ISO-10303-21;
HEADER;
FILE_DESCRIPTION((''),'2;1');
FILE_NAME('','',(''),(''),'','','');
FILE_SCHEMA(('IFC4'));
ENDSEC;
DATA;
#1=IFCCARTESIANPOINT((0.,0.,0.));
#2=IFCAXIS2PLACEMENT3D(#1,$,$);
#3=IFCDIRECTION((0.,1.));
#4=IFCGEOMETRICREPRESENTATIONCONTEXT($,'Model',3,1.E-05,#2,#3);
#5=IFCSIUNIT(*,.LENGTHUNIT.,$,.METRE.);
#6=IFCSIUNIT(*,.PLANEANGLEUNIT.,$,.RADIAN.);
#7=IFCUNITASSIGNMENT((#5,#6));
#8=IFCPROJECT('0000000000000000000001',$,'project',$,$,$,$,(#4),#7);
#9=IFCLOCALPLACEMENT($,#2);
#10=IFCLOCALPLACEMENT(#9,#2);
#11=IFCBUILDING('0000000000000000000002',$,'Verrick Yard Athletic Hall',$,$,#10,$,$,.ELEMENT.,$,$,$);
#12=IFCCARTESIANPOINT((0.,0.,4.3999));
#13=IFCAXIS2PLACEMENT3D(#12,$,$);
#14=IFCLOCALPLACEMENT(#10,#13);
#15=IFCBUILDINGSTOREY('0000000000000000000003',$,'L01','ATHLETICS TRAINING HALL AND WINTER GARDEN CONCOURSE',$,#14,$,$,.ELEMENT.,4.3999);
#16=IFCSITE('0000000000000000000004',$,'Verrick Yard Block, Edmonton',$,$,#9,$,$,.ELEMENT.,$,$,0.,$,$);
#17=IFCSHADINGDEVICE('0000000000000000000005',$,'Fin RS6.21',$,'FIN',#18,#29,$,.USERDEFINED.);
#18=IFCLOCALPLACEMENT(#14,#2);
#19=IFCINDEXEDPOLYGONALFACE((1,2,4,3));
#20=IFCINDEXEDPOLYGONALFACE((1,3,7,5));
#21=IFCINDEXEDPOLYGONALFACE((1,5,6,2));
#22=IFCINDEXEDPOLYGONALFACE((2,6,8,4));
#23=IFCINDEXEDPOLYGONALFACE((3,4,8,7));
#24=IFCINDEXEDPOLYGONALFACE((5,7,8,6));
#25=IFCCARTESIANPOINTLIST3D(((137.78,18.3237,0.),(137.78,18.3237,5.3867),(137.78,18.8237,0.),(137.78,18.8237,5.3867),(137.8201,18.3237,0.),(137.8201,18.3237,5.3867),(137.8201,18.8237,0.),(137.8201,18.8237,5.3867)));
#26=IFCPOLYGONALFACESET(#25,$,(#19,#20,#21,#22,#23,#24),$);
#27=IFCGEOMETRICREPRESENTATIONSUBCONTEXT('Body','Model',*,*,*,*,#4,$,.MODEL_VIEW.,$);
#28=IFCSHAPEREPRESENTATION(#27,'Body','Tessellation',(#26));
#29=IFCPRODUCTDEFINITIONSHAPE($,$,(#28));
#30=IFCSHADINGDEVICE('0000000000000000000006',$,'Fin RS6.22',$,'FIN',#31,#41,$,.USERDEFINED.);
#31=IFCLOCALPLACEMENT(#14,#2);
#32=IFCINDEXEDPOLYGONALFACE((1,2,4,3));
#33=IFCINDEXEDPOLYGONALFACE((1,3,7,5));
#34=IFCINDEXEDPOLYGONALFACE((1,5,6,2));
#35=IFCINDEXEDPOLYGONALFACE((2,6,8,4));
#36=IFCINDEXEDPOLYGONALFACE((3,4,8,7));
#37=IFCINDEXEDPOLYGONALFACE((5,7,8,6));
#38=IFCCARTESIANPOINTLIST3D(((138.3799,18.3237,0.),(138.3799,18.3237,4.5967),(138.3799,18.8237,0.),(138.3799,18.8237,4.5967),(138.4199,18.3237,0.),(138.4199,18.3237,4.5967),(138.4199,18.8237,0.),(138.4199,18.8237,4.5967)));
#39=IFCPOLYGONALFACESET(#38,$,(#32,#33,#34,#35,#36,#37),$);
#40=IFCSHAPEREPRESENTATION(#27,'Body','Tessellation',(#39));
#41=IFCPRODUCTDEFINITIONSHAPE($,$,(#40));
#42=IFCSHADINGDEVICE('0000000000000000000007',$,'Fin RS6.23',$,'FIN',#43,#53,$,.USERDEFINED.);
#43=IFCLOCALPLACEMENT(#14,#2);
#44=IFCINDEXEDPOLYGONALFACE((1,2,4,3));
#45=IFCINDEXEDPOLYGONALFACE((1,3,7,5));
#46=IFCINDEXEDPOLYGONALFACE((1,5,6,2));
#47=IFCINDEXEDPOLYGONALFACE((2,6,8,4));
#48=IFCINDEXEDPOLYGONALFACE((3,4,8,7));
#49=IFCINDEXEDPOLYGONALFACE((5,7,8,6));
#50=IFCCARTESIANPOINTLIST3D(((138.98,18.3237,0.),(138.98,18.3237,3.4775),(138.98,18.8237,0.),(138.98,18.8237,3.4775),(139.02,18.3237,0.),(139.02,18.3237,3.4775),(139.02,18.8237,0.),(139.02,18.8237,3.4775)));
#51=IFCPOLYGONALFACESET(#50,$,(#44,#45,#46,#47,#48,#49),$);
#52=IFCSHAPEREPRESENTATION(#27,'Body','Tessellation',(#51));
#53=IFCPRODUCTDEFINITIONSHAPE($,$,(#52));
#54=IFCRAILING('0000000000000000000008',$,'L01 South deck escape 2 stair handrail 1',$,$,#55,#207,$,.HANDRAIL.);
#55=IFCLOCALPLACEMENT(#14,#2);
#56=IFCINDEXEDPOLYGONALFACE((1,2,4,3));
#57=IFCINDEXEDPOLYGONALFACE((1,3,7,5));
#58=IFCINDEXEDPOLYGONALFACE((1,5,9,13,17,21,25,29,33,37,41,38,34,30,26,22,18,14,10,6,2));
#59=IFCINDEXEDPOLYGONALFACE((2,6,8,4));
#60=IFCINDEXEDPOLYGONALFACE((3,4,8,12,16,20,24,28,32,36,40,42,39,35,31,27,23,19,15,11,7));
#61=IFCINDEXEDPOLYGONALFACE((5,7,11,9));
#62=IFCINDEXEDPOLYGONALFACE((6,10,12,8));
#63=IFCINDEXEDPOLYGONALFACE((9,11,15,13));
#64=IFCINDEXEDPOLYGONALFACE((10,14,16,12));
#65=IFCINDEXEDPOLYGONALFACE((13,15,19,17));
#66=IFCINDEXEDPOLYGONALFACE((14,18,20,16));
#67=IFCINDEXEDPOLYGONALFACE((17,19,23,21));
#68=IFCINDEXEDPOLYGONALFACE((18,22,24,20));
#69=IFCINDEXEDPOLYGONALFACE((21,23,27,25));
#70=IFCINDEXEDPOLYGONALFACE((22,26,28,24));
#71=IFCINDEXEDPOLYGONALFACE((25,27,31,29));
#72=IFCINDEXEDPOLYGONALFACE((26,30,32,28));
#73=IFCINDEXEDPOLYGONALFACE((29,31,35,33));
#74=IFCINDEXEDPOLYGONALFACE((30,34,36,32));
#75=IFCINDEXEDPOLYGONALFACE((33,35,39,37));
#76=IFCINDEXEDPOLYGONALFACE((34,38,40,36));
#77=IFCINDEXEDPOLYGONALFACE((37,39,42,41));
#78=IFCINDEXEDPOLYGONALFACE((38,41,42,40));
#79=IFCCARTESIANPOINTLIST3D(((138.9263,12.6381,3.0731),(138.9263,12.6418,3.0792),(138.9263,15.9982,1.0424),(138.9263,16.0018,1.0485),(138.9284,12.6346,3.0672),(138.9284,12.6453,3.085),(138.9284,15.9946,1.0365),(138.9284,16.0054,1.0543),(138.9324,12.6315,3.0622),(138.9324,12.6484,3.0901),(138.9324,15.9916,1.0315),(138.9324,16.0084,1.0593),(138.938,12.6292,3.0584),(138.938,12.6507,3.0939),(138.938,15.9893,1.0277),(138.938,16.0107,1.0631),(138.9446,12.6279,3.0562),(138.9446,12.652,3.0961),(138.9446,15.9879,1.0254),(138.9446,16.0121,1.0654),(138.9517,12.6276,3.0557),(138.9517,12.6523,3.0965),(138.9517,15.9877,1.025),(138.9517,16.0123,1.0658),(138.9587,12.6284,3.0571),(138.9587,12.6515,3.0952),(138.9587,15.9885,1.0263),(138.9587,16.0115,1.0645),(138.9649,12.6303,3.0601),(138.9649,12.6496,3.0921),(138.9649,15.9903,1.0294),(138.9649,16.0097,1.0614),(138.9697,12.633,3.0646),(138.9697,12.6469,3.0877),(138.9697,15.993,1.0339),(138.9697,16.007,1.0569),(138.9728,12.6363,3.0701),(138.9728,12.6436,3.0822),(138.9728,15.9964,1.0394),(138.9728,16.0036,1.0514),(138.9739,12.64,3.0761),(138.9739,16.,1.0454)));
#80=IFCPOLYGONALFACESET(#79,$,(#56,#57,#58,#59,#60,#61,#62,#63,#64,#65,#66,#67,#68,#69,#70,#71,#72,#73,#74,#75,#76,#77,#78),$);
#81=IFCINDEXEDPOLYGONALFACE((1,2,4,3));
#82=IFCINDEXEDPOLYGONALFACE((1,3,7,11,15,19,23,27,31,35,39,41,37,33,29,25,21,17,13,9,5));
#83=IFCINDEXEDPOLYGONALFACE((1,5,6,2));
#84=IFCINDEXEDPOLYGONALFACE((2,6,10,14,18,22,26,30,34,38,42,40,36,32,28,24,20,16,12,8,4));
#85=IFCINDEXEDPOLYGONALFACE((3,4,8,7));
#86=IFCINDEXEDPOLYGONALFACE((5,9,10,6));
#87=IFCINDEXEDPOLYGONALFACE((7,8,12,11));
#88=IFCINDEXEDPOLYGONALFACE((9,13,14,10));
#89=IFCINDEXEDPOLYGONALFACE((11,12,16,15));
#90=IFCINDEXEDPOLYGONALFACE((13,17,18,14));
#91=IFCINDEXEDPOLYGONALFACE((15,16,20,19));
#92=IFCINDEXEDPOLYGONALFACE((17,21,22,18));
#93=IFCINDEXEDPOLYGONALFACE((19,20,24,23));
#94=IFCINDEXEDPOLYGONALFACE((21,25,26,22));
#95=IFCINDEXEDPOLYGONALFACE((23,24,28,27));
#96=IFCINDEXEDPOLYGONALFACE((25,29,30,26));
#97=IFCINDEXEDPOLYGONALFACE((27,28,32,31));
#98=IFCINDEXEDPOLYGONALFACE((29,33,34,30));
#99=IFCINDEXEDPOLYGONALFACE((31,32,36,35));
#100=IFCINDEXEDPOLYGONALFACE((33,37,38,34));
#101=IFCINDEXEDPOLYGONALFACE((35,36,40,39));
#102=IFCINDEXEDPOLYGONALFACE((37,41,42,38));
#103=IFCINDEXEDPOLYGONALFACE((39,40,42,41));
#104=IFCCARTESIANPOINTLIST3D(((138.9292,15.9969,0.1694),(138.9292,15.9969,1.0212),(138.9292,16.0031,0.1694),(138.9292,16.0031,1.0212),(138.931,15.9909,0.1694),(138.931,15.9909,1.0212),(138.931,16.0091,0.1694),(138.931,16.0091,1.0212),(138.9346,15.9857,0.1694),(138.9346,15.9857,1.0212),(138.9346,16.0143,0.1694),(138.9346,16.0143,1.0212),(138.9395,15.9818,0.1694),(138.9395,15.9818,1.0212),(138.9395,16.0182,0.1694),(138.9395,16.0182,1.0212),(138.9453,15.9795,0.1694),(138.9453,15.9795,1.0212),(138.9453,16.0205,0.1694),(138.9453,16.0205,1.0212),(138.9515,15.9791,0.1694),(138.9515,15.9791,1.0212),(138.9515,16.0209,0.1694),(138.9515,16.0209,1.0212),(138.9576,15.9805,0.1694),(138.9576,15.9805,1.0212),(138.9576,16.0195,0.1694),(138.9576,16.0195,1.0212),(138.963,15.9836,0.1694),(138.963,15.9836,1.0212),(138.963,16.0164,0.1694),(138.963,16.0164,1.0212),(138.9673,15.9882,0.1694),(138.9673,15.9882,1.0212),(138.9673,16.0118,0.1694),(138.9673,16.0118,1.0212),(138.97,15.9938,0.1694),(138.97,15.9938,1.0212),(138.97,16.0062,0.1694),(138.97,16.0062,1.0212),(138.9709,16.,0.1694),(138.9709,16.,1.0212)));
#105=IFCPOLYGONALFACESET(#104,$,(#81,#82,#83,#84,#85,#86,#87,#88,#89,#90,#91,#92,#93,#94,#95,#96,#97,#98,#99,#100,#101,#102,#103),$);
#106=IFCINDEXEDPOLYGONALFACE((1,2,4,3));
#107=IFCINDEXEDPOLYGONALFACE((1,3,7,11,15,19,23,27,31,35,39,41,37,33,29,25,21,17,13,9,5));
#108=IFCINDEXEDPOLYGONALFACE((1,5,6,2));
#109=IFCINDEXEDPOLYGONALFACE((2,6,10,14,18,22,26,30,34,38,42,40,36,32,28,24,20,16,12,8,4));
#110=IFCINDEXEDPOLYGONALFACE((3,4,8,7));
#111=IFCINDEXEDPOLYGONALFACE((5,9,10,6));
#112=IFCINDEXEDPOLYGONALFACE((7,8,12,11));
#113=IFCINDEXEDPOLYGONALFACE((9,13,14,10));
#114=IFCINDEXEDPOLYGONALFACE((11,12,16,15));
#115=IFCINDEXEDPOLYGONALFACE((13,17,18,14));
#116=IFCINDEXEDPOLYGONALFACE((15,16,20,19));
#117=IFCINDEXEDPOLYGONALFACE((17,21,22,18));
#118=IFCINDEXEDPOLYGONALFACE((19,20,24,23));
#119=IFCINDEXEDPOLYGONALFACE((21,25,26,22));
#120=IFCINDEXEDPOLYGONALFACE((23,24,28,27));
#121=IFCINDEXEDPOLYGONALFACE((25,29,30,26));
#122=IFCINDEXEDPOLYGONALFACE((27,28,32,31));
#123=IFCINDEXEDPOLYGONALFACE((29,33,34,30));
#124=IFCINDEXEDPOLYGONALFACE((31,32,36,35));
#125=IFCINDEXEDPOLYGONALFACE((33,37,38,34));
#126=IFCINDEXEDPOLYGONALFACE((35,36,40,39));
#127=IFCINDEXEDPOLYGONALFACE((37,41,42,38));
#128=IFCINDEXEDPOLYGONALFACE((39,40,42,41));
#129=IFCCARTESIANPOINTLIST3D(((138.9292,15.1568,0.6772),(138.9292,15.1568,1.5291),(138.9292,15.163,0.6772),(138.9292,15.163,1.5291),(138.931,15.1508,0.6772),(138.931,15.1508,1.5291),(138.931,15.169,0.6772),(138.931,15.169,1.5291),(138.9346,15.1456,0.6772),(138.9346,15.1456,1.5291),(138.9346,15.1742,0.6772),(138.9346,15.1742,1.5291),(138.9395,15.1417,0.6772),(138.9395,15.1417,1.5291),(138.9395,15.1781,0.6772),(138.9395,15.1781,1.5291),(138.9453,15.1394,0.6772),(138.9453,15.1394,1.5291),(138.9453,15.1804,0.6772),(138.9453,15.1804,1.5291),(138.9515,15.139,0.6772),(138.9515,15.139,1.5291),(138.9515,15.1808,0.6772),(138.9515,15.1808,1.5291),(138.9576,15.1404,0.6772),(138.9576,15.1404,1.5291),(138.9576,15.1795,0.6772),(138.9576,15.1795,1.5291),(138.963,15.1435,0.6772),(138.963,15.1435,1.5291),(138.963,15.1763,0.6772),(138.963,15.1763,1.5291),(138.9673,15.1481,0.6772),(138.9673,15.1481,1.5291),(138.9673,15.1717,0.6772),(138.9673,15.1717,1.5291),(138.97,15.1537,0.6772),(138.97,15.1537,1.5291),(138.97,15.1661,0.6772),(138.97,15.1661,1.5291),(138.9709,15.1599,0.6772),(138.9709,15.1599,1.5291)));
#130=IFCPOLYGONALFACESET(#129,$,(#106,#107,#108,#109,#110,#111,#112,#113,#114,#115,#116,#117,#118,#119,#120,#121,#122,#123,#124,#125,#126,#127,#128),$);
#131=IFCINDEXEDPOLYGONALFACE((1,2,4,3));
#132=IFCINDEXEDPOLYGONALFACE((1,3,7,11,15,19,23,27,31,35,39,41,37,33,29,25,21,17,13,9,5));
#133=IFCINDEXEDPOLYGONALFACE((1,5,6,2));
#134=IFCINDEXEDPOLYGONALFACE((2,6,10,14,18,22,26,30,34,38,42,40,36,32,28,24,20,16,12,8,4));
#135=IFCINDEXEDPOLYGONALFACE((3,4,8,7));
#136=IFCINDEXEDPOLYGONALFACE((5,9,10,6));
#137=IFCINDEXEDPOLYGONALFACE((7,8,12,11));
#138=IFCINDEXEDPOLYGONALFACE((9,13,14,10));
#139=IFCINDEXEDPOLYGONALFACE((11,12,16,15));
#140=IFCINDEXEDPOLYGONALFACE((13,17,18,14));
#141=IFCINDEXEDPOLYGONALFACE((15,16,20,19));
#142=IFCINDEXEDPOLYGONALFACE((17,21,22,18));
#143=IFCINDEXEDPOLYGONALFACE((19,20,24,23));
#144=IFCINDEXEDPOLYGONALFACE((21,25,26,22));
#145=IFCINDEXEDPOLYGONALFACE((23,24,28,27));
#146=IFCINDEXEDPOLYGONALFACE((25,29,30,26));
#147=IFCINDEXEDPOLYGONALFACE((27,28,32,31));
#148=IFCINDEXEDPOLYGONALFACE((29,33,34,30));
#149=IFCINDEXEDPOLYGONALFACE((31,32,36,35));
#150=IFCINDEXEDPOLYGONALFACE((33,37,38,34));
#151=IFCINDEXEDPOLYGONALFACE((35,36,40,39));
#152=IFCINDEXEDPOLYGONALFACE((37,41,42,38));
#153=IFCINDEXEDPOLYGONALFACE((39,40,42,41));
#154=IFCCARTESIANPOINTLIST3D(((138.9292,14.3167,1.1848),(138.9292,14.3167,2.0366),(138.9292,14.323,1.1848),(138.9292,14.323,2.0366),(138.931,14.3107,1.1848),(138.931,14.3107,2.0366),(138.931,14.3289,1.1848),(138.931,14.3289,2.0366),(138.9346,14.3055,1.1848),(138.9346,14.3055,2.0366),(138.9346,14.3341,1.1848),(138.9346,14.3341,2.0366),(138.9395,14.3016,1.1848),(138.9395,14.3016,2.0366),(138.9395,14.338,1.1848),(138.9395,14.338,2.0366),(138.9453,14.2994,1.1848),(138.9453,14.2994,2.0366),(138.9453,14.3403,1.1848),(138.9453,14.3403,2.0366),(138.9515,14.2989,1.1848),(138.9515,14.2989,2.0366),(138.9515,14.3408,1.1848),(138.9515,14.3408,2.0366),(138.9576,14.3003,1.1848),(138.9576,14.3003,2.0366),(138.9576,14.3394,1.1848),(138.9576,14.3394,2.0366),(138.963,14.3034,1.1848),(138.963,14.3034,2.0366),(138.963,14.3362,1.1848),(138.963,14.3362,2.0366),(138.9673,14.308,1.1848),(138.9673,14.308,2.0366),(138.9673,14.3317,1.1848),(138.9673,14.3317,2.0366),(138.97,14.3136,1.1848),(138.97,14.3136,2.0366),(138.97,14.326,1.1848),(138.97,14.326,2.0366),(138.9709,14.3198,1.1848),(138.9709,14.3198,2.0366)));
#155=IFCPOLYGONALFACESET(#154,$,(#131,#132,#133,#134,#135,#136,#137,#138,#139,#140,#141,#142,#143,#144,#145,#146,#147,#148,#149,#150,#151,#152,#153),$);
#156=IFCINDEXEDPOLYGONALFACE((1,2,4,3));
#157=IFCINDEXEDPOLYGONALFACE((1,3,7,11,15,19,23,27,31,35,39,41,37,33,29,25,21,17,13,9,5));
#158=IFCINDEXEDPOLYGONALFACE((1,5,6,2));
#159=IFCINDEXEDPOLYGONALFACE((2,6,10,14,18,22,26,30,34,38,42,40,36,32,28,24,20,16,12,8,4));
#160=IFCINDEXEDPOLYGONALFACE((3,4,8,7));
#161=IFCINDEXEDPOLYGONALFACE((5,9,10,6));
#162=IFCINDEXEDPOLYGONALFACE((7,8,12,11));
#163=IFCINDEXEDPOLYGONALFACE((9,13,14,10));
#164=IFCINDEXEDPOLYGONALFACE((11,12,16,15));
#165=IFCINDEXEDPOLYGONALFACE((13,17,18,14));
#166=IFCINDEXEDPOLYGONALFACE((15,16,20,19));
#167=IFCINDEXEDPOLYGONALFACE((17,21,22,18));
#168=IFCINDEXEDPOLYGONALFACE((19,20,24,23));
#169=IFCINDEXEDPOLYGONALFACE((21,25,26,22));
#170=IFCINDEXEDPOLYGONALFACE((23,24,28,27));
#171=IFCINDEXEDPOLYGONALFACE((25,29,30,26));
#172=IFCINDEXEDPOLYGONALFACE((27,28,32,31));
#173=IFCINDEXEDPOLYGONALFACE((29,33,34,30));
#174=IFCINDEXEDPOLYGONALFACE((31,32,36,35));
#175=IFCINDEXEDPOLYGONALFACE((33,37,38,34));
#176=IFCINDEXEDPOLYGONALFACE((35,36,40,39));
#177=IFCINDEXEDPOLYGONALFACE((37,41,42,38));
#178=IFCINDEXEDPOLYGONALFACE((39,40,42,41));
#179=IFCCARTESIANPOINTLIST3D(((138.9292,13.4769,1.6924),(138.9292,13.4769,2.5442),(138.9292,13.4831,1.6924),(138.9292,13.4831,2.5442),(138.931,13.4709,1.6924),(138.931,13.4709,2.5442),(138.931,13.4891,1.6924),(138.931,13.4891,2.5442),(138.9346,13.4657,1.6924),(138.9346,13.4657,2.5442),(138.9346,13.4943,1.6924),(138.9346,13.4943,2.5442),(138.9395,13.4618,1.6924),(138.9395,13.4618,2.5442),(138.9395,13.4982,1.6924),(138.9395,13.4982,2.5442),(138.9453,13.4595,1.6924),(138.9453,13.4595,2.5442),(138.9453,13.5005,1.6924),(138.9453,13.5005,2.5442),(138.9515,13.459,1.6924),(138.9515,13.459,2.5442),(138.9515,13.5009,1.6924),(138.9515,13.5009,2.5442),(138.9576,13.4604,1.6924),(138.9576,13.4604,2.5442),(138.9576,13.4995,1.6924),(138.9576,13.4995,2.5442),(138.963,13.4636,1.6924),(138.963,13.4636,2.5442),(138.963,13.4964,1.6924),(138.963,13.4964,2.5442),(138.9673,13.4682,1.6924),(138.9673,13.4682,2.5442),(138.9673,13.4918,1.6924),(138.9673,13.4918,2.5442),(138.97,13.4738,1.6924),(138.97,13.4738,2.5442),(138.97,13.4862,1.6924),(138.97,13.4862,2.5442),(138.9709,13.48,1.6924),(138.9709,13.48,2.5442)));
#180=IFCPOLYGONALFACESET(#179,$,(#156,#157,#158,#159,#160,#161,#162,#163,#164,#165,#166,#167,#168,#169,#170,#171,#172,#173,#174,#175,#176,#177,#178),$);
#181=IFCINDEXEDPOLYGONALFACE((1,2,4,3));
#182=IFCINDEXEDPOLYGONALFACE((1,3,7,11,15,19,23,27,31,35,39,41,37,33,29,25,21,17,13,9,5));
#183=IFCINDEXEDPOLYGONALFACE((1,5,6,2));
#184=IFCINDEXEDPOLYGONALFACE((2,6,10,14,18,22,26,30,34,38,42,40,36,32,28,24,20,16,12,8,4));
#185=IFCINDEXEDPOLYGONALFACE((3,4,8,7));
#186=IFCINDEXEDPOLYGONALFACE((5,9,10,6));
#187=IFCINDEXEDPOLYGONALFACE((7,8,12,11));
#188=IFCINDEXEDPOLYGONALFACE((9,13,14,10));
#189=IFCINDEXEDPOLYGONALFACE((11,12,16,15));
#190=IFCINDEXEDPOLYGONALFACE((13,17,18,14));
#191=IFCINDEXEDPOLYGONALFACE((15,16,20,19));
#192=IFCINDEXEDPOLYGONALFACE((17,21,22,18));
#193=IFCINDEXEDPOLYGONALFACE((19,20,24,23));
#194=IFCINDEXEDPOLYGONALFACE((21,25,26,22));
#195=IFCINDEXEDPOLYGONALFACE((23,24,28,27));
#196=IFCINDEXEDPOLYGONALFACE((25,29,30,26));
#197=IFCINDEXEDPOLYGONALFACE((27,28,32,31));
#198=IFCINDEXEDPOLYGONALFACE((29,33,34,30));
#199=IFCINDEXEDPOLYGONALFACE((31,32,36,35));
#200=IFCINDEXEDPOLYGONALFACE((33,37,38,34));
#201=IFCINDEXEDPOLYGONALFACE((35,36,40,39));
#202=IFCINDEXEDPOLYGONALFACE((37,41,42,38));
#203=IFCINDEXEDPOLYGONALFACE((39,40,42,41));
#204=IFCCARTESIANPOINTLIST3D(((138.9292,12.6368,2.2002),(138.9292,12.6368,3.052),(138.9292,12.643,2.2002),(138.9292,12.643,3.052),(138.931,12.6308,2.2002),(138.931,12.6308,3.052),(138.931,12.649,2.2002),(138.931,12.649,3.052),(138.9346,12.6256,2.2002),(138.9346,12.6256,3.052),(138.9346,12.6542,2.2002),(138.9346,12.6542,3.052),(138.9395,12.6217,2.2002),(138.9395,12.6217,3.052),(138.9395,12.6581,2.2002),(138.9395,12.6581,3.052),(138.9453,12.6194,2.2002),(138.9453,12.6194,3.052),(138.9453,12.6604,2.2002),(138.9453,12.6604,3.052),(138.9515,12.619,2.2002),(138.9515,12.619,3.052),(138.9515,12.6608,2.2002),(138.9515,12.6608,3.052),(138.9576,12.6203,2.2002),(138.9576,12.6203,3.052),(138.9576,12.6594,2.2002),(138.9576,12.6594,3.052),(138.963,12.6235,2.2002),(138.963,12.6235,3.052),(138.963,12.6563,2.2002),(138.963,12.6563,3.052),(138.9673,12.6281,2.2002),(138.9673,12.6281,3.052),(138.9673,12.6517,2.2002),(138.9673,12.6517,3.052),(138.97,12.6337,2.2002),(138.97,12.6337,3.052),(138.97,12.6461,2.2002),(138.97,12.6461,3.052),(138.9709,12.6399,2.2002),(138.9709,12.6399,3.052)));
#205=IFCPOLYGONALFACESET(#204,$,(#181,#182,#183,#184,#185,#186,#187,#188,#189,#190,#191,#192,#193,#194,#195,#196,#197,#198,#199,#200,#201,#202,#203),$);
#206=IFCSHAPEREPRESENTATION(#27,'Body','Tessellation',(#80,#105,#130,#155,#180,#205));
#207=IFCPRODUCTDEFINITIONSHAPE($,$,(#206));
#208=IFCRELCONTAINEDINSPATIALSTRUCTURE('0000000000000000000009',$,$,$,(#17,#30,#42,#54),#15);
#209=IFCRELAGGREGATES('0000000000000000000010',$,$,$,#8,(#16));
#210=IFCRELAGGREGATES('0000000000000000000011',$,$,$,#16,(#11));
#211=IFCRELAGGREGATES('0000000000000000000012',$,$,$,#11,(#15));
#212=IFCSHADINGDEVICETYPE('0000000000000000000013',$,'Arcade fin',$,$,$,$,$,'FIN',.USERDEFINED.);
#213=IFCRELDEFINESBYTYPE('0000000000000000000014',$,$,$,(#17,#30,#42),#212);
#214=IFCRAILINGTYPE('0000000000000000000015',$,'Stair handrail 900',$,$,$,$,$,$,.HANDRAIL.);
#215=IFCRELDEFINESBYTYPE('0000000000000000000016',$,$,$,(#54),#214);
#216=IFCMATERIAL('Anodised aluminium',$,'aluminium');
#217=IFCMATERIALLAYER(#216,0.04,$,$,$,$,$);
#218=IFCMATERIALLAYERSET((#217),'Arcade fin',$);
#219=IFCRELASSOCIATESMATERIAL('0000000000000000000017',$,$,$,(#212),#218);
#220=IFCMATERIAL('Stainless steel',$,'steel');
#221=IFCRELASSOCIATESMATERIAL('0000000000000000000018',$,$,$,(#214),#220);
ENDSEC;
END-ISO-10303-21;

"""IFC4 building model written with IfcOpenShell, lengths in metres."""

from ifc_helpers import new_model, si_unit, direction, frame, origin, origin_2d, place, context, subcontext, project, spatial, polyline, circle, outline, extrude, material, layer, layer_set, type_object, element, save


model = new_model("IFC4")

# Units and contexts
model_context = context("Model", 3, precision=1e-05, world=origin(), true_north=direction((0.0, 1.0)))
body_context = subcontext(model_context, "Body", "Model", "MODEL_VIEW")
ifc_project = project(units=[si_unit("LENGTHUNIT", "METRE"), si_unit("PLANEANGLEUNIT", "RADIAN")], contexts=[model_context])

# Site, building, storey
site_placement = place(None, origin())
site = spatial("IfcSite", under=ifc_project, at=site_placement, Name="Verrick Yard Block, Edmonton", CompositionType="ELEMENT", RefElevation=0.0)
building_placement = place(site_placement, origin())
building = spatial("IfcBuilding", under=site, at=building_placement, Name="Verrick Yard Athletic Hall", CompositionType="ELEMENT")
storey_placement = place(building_placement, frame((0.0, 0.0, 4.3999)))
storey = spatial("IfcBuildingStorey", under=building, at=storey_placement, Name="L01", Description="ATHLETICS TRAINING HALL AND WINTER GARDEN CONCOURSE", CompositionType="ELEMENT", Elevation=4.3999)

# Shading devices
ifc_material_1 = material(Name="Anodised aluminium", Category="aluminium")
ifc_layer_1 = layer(ifc_material_1, 0.04)
ifc_layer_set_1 = layer_set([ifc_layer_1], Name="Arcade fin")
shading_device_type = type_object("IfcShadingDeviceType", Name="Arcade fin", ElementType="FIN", PredefinedType="USERDEFINED", material=ifc_layer_set_1)
shading_device_1_placement = place(storey_placement, frame((137.8, 18.8237, 0.0), z_axis=(0.0, 0.0, 1.0), x_axis=(0.0, -1.0, 0.0)))
element("IfcShadingDevice", 1, at=shading_device_1_placement, inside=storey, type_object=shading_device_type, Name="Fin RS6.21", ObjectType="FIN", PredefinedType="USERDEFINED", context=body_context, shape_type="SweptSolid", body=[
    extrude(outline(polyline([(0.0, 0.0), (0.5, 0.0), (0.5, 5.3867), (0.0, 5.3867), (0.0, 0.0)])), frame((0.0, 0.02, 0.0), z_axis=(0.0, -1.0, 0.0), x_axis=(1.0, 0.0, 0.0)), (0.0, 0.0, 1.0), 0.04),
])
shading_device_2_placement = place(storey_placement, frame((138.3999, 18.8237, 0.0), z_axis=(0.0, 0.0, 1.0), x_axis=(0.0, -1.0, 0.0)))
element("IfcShadingDevice", 2, at=shading_device_2_placement, inside=storey, type_object=shading_device_type, Name="Fin RS6.22", ObjectType="FIN", PredefinedType="USERDEFINED", context=body_context, shape_type="SweptSolid", body=[
    extrude(outline(polyline([(0.0, 0.0), (0.5, 0.0), (0.5, 4.5967), (0.0, 4.5967), (0.0, 0.0)])), frame((0.0, 0.02, 0.0), z_axis=(0.0, -1.0, 0.0), x_axis=(1.0, 0.0, 0.0)), (0.0, 0.0, 1.0), 0.04),
])
shading_device_3_placement = place(storey_placement, frame((139.0, 18.8237, 0.0), z_axis=(0.0, 0.0, 1.0), x_axis=(0.0, -1.0, 0.0)))
element("IfcShadingDevice", 3, at=shading_device_3_placement, inside=storey, type_object=shading_device_type, Name="Fin RS6.23", ObjectType="FIN", PredefinedType="USERDEFINED", context=body_context, shape_type="SweptSolid", body=[
    extrude(outline(polyline([(0.0, 0.0), (0.5, 0.0), (0.5, 3.4775), (0.0, 3.4775), (0.0, 0.0)])), frame((0.0, 0.02, 0.0), z_axis=(0.0, -1.0, 0.0), x_axis=(1.0, 0.0, 0.0)), (0.0, 0.0, 1.0), 0.04),
])

# Railing
ifc_material_2 = material(Name="Stainless steel", Category="steel")
railing_type = type_object("IfcRailingType", Name="Stair handrail 900", PredefinedType="HANDRAIL", material=ifc_material_2)
railing_placement = place(storey_placement, frame((138.95, 16.0, 0.1694)))
element("IfcRailing", 4, at=railing_placement, inside=storey, type_object=railing_type, Name="L01 South deck escape 2 stair handrail 1", PredefinedType="HANDRAIL", context=body_context, shape_type="SweptSolid", body=[
    extrude(circle(Radius=0.0239, at=origin_2d()), frame((0.0, 0.0, 0.876), z_axis=(0.0, -0.855837, 0.517246), x_axis=(1.0, 0.0, 0.0)), (0.0, 0.0, 1.0), 3.926),
    extrude(circle(Radius=0.021, at=origin_2d()), origin(), (0.0, 0.0, 1.0), 0.8518),
    extrude(circle(Radius=0.021, at=origin_2d()), frame((0.0, -0.8401, 0.5078)), (0.0, 0.0, 1.0), 0.8518),
    extrude(circle(Radius=0.021, at=origin_2d()), frame((0.0, -1.6802, 1.0154)), (0.0, 0.0, 1.0), 0.8518),
    extrude(circle(Radius=0.021, at=origin_2d()), frame((0.0, -2.52, 1.5229)), (0.0, 0.0, 1.0), 0.8518),
    extrude(circle(Radius=0.021, at=origin_2d()), frame((0.0, -3.3601, 2.0308)), (0.0, 0.0, 1.0), 0.8518),
])

save(model, "model.ifc")
